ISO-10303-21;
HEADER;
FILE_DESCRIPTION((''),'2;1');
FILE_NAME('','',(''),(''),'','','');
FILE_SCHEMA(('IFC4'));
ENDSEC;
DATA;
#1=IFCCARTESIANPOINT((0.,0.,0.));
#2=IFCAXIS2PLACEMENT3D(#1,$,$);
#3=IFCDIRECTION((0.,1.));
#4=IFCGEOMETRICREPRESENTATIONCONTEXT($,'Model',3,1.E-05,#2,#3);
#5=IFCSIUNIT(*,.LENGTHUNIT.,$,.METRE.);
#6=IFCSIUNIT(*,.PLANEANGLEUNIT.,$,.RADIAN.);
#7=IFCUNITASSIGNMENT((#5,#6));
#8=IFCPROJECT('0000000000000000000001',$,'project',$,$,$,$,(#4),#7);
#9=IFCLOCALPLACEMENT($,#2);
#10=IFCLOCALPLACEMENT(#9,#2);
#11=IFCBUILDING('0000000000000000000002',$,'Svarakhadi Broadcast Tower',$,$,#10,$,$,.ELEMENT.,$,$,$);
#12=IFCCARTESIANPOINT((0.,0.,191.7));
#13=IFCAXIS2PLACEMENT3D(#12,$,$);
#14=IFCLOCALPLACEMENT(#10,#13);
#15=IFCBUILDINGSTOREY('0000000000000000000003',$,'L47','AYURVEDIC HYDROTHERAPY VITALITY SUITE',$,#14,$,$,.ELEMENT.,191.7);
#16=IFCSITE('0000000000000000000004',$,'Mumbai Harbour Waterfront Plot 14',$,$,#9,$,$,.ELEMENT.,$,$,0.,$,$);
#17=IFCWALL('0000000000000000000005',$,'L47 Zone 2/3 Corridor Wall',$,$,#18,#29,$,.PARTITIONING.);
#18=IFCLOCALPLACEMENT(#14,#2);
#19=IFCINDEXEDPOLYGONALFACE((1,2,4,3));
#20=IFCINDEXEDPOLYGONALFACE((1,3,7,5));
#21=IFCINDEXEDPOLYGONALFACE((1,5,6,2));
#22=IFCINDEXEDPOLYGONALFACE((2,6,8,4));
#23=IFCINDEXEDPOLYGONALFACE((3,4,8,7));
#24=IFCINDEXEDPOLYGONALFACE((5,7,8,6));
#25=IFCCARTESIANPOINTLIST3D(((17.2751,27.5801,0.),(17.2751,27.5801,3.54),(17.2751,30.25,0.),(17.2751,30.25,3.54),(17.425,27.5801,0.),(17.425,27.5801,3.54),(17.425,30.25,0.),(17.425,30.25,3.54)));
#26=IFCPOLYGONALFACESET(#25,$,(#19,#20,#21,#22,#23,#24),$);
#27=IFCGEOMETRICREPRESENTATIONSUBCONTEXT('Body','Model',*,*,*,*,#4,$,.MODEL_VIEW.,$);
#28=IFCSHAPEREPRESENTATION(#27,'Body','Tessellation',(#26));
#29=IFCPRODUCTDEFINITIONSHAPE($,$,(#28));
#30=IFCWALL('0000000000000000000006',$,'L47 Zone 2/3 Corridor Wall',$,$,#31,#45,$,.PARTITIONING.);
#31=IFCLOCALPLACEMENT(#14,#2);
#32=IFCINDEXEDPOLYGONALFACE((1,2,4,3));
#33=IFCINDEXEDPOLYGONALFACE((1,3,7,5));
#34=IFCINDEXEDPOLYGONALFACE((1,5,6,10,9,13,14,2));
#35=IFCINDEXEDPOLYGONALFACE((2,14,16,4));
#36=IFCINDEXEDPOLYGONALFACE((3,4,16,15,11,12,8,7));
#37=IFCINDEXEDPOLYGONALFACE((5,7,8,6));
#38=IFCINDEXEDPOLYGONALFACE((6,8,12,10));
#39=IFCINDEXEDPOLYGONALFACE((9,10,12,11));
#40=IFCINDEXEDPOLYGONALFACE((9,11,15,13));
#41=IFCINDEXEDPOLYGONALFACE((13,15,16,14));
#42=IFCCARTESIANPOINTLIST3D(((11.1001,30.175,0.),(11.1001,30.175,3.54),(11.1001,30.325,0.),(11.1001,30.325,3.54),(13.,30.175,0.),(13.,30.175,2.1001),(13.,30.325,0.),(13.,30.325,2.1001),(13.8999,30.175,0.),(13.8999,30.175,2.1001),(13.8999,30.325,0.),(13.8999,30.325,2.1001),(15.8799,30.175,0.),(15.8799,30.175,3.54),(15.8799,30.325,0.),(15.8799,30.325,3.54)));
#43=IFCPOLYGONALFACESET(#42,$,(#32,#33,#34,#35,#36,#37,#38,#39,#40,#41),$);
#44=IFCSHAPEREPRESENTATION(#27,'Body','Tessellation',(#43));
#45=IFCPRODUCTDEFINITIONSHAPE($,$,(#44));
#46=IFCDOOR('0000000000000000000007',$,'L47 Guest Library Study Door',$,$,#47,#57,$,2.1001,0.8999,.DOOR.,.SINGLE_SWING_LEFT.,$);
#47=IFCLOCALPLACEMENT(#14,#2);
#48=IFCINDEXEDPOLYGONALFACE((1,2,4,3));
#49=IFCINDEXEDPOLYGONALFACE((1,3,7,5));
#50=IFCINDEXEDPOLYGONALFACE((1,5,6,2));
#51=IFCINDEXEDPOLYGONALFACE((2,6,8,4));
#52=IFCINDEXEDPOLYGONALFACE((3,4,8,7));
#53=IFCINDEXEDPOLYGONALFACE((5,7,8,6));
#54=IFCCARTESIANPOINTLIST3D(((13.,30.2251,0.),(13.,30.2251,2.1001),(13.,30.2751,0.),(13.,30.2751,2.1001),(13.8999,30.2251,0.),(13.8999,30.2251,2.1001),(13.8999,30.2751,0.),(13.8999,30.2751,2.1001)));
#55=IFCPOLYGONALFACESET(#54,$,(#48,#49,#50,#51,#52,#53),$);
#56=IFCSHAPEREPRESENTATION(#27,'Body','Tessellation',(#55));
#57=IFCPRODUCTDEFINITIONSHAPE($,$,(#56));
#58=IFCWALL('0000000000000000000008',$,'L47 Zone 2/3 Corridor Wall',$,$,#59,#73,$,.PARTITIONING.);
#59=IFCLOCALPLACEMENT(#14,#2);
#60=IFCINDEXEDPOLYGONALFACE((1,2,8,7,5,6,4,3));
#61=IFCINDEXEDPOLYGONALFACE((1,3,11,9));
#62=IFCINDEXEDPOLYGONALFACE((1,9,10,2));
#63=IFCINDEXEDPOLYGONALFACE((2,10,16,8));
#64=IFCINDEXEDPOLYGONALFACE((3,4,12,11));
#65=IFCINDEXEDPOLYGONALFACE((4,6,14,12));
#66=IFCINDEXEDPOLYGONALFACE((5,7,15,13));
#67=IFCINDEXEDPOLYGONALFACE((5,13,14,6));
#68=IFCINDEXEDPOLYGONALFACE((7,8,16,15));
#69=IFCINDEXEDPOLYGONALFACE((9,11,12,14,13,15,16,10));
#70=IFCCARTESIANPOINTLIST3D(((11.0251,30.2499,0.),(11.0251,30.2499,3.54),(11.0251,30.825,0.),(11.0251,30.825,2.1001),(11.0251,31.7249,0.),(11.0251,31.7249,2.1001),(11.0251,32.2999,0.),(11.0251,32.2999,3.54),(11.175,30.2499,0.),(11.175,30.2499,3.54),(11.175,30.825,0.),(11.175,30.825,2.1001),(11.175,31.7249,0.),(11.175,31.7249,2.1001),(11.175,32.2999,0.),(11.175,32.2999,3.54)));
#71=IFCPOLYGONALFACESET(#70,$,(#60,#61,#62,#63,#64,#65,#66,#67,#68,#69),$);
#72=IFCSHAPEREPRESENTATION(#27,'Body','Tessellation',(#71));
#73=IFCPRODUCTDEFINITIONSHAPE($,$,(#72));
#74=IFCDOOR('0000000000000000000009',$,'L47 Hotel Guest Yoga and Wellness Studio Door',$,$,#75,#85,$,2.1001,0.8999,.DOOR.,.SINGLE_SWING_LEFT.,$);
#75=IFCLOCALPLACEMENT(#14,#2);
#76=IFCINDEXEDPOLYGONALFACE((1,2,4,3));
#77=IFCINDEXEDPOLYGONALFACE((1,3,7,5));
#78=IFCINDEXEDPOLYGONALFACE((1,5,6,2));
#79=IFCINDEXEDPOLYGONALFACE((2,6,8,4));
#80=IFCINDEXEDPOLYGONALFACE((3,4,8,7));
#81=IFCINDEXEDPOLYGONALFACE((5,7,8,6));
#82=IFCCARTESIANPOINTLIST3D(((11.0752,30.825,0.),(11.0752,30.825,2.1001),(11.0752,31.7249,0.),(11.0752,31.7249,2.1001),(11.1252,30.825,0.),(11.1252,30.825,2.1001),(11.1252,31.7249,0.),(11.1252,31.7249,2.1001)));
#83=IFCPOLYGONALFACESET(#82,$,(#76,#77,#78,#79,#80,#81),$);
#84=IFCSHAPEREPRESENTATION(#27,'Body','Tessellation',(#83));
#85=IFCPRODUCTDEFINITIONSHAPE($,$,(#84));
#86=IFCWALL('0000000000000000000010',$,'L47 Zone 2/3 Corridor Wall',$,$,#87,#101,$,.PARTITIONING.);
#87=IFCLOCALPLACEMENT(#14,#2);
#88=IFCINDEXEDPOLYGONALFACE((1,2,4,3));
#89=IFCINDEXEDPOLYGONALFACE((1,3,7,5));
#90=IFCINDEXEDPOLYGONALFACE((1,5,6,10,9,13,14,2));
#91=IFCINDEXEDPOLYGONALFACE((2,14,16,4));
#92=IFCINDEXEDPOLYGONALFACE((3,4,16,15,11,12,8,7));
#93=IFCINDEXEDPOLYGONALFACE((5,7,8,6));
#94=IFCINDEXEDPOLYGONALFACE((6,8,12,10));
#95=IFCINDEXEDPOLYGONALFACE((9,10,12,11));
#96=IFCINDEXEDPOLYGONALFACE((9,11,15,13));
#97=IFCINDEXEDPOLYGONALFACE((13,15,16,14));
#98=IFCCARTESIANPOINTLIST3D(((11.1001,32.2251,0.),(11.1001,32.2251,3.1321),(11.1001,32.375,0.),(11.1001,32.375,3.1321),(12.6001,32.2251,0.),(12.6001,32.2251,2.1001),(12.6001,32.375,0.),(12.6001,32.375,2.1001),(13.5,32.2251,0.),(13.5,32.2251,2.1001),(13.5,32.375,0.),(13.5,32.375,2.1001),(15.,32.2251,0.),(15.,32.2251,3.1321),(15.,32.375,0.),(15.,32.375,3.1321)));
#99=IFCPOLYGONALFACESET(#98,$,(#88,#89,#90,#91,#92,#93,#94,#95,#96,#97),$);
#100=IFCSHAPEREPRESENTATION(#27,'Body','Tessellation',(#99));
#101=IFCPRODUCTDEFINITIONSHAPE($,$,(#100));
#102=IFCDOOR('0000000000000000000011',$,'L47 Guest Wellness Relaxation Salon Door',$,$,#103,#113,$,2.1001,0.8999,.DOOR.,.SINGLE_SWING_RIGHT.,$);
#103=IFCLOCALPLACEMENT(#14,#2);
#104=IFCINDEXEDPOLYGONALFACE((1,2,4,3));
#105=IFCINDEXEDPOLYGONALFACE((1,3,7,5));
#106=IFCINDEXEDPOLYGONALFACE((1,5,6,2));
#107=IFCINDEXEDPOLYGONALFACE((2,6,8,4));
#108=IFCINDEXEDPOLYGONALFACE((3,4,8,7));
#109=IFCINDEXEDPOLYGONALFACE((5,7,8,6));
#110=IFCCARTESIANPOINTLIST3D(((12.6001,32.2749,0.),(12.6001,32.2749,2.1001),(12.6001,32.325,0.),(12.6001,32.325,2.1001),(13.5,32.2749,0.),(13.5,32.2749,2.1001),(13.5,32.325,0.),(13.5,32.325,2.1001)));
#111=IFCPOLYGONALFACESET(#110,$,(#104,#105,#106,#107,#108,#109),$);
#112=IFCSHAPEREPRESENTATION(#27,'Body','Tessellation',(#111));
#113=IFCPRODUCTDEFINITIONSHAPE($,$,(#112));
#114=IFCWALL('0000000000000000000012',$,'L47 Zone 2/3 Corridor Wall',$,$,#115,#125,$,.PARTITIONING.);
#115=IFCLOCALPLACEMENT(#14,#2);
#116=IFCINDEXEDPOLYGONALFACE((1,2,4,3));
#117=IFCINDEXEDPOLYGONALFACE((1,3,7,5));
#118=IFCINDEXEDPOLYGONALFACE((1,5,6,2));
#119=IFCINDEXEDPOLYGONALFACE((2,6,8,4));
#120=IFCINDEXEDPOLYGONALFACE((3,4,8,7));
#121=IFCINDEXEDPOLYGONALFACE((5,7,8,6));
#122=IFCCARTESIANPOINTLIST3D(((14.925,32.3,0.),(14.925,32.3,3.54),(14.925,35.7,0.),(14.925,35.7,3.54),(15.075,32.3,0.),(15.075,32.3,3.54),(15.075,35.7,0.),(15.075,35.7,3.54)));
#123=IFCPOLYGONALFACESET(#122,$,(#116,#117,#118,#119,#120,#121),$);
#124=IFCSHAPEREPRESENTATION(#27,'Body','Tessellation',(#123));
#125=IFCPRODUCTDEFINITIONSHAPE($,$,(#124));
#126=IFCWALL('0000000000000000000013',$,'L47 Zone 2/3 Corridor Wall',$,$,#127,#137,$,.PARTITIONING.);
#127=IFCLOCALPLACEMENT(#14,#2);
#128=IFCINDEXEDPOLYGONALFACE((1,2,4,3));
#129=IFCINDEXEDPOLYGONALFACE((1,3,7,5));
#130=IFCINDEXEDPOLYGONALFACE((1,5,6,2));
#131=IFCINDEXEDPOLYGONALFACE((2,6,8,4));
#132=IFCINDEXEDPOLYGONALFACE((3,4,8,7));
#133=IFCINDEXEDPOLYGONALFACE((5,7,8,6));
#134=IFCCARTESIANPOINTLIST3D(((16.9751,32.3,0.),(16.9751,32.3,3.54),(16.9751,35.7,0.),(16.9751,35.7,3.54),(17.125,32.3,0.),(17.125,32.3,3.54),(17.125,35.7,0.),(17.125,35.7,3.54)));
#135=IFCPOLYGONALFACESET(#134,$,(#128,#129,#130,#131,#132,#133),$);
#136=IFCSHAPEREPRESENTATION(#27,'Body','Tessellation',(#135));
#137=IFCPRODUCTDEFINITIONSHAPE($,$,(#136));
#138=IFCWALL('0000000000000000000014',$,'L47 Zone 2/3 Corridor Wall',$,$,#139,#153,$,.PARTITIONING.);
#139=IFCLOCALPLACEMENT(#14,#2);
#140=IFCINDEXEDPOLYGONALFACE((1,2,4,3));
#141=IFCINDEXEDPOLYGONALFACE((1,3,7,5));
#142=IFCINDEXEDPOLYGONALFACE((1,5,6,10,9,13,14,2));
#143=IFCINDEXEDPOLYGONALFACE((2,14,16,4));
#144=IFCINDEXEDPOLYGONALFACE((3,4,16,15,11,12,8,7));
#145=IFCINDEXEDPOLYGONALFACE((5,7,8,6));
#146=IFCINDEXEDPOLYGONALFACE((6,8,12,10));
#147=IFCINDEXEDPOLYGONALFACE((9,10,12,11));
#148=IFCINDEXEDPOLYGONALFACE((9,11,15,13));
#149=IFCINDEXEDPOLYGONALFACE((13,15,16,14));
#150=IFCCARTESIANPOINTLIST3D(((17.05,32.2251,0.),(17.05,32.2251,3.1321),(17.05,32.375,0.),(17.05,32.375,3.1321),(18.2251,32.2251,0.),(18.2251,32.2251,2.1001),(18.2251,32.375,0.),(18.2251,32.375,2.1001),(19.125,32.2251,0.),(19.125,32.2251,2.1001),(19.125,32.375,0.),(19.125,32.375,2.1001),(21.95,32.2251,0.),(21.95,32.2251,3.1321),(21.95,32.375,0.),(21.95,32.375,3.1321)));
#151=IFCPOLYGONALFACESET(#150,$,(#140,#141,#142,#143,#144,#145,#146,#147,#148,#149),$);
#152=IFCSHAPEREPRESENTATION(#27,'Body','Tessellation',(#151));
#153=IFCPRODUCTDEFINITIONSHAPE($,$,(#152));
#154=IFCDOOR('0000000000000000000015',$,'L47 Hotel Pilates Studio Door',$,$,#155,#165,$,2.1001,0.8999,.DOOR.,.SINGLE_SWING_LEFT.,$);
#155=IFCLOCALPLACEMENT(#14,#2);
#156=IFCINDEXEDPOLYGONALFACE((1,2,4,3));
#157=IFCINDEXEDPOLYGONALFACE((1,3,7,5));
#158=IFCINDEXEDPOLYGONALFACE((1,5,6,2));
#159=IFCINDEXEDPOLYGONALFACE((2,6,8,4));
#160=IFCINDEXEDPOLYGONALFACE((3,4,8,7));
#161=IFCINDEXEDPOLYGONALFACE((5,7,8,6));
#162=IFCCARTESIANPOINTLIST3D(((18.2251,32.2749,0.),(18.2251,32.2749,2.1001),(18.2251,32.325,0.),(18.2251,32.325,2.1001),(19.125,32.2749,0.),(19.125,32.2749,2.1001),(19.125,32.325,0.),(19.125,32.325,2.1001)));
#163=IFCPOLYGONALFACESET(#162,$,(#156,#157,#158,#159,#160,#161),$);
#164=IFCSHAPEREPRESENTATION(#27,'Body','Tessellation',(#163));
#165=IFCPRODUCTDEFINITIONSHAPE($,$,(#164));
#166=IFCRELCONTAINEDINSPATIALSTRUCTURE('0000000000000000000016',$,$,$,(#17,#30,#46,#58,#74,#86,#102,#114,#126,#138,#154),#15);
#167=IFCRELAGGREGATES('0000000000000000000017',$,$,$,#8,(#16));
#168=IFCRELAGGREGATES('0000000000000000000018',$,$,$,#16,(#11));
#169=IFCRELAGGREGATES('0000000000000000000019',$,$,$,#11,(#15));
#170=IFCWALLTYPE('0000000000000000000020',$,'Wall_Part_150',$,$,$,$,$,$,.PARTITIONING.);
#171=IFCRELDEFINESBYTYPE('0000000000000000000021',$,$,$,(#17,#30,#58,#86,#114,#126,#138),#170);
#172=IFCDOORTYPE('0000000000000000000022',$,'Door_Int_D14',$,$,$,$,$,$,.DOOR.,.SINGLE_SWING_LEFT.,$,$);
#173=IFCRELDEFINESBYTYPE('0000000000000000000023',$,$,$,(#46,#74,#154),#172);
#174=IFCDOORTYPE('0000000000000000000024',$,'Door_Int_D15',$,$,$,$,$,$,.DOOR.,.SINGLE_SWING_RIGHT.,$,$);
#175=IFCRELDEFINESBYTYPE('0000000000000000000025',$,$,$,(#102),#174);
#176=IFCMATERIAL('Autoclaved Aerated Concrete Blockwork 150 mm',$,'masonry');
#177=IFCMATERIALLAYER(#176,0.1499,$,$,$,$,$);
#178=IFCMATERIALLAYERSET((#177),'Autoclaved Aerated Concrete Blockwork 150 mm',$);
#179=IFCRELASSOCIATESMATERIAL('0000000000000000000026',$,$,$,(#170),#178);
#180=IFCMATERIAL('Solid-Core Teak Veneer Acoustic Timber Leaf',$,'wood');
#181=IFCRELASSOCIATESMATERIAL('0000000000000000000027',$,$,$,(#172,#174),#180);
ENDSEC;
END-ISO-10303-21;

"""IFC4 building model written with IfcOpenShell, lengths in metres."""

from ifc_helpers import new_model, si_unit, direction, frame, frame_2d, origin, place, context, subcontext, project, spatial, rectangle, extrude, material, layer, layer_set, type_object, element, fill, save


model = new_model("IFC4")

# Units and contexts
model_context = context("Model", 3, precision=1e-05, world=origin(), true_north=direction((0.0, 1.0)))
body_context = subcontext(model_context, "Body", "Model", "MODEL_VIEW")
ifc_project = project(units=[si_unit("LENGTHUNIT", "METRE"), si_unit("PLANEANGLEUNIT", "RADIAN")], contexts=[model_context])

# Site, building, storey
site_placement = place(None, origin())
site = spatial("IfcSite", under=ifc_project, at=site_placement, Name="Mumbai Harbour Waterfront Plot 14", CompositionType="ELEMENT", RefElevation=0.0)
building_placement = place(site_placement, origin())
building = spatial("IfcBuilding", under=site, at=building_placement, Name="Svarakhadi Broadcast Tower", CompositionType="ELEMENT")
storey_placement = place(building_placement, frame((0.0, 0.0, 191.7)))
storey = spatial("IfcBuildingStorey", under=building, at=storey_placement, Name="L47", Description="AYURVEDIC HYDROTHERAPY VITALITY SUITE", CompositionType="ELEMENT", Elevation=191.7)

# Wall
ifc_material_1 = material(Name="Autoclaved Aerated Concrete Blockwork 150 mm", Category="masonry")
ifc_layer_1 = layer(ifc_material_1, 0.1499)
ifc_layer_set_1 = layer_set([ifc_layer_1], Name="Autoclaved Aerated Concrete Blockwork 150 mm")
wall_type_1 = type_object("IfcWallType", Name="Wall_Part_150", PredefinedType="PARTITIONING", material=ifc_layer_set_1)
wall_1_placement = place(storey_placement, frame((17.3501, 30.25, 0.0), z_axis=(0.0, 0.0, 1.0), x_axis=(0.0, -1.0, 0.0)))
element("IfcWall", 1, at=wall_1_placement, inside=storey, type_object=wall_type_1, Name="L47 Zone 2/3 Corridor Wall", PredefinedType="PARTITIONING", context=body_context, shape_type="SweptSolid", body=[
    extrude(rectangle(XDim=2.6699, YDim=0.1499, at=frame_2d((1.335, 0.0))), origin(), (0.0, 0.0, 1.0), 3.54),
])

# Walls, openings, doors
wall_2_placement = place(storey_placement, frame((15.8799, 30.25, 0.0), z_axis=(0.0, 0.0, 1.0), x_axis=(-1.0, 0.0, 0.0)))
wall_2 = element("IfcWall", 2, at=wall_2_placement, inside=storey, type_object=wall_type_1, Name="L47 Zone 2/3 Corridor Wall", PredefinedType="PARTITIONING", context=body_context, shape_type="SweptSolid", body=[
    extrude(rectangle(XDim=4.7798, YDim=0.1499, at=frame_2d((2.3899, 0.0))), origin(), (0.0, 0.0, 1.0), 3.54),
])
opening_1_placement = place(wall_2_placement, frame((1.98, 0.0, 0.0)))
opening_1 = element("IfcOpeningElement", 3, at=opening_1_placement, cuts=wall_2, PredefinedType="OPENING", context=body_context, shape_type="SweptSolid", body=[
    extrude(rectangle(XDim=0.8999, YDim=2.1001, at=frame_2d((0.45, 1.05))), frame((0.0, 0.085, 0.0), z_axis=(0.0, -1.0, 0.0), x_axis=(1.0, 0.0, 0.0)), (0.0, 0.0, 1.0), 0.1699),
])
ifc_material_2 = material(Name="Solid-Core Teak Veneer Acoustic Timber Leaf", Category="wood")
door_type_1 = type_object("IfcDoorType", Name="Door_Int_D14", OperationType="SINGLE_SWING_LEFT", PredefinedType="DOOR", material=ifc_material_2)
door_1_placement = place(opening_1_placement, origin())
door_1 = element("IfcDoor", 4, at=door_1_placement, inside=storey, type_object=door_type_1, Name="L47 Guest Library Study Door", OperationType="SINGLE_SWING_LEFT", OverallHeight=2.1001, OverallWidth=0.8999, PredefinedType="DOOR", context=body_context, shape_type="SweptSolid", body=[
    extrude(rectangle(XDim=0.8999, YDim=2.1001, at=frame_2d((0.45, 1.05))), frame((0.0, 0.0249, 0.0), z_axis=(0.0, -1.0, 0.0), x_axis=(1.0, 0.0, 0.0)), (0.0, 0.0, 1.0), 0.05),
])
fill(opening_1, door_1)
wall_3_placement = place(storey_placement, frame((11.1001, 30.25, 0.0), z_axis=(0.0, 0.0, 1.0), x_axis=(0.0, 1.0, 0.0)))
wall_3 = element("IfcWall", 5, at=wall_3_placement, inside=storey, type_object=wall_type_1, Name="L47 Zone 2/3 Corridor Wall", PredefinedType="PARTITIONING", context=body_context, shape_type="SweptSolid", body=[
    extrude(rectangle(XDim=2.05, YDim=0.1499, at=frame_2d((1.0249, 0.0))), origin(), (0.0, 0.0, 1.0), 3.54),
])
opening_2_placement = place(wall_3_placement, frame((0.575, 0.0, 0.0)))
opening_2 = element("IfcOpeningElement", 6, at=opening_2_placement, cuts=wall_3, PredefinedType="OPENING", context=body_context, shape_type="SweptSolid", body=[
    extrude(rectangle(XDim=0.8999, YDim=2.1001, at=frame_2d((0.45, 1.05))), frame((0.0, 0.085, 0.0), z_axis=(0.0, -1.0, 0.0), x_axis=(1.0, 0.0, 0.0)), (0.0, 0.0, 1.0), 0.1699),
])
door_2_placement = place(opening_2_placement, origin())
door_2 = element("IfcDoor", 7, at=door_2_placement, inside=storey, type_object=door_type_1, Name="L47 Hotel Guest Yoga and Wellness Studio Door", OperationType="SINGLE_SWING_LEFT", OverallHeight=2.1001, OverallWidth=0.8999, PredefinedType="DOOR", context=body_context, shape_type="SweptSolid", body=[
    extrude(rectangle(XDim=0.8999, YDim=2.1001, at=frame_2d((0.45, 1.05))), frame((0.0, 0.0249, 0.0), z_axis=(0.0, -1.0, 0.0), x_axis=(1.0, 0.0, 0.0)), (0.0, 0.0, 1.0), 0.05),
])
fill(opening_2, door_2)
wall_4_placement = place(storey_placement, frame((11.1001, 32.3, 0.0), z_axis=(0.0, 0.0, 1.0), x_axis=(1.0, 0.0, 0.0)))
wall_4 = element("IfcWall", 8, at=wall_4_placement, inside=storey, type_object=wall_type_1, Name="L47 Zone 2/3 Corridor Wall", PredefinedType="PARTITIONING", context=body_context, shape_type="SweptSolid", body=[
    extrude(rectangle(XDim=3.8999, YDim=0.1499, at=frame_2d((1.95, 0.0))), origin(), (0.0, 0.0, 1.0), 3.1321),
])
opening_3_placement = place(wall_4_placement, frame((1.5, 0.0, 0.0)))
opening_3 = element("IfcOpeningElement", 9, at=opening_3_placement, cuts=wall_4, PredefinedType="OPENING", context=body_context, shape_type="SweptSolid", body=[
    extrude(rectangle(XDim=0.8999, YDim=2.1001, at=frame_2d((0.45, 1.05))), frame((0.0, 0.085, 0.0), z_axis=(0.0, -1.0, 0.0), x_axis=(1.0, 0.0, 0.0)), (0.0, 0.0, 1.0), 0.1699),
])
door_type_2 = type_object("IfcDoorType", Name="Door_Int_D15", OperationType="SINGLE_SWING_RIGHT", PredefinedType="DOOR", material=ifc_material_2)
door_3_placement = place(opening_3_placement, origin())
door_3 = element("IfcDoor", 10, at=door_3_placement, inside=storey, type_object=door_type_2, Name="L47 Guest Wellness Relaxation Salon Door", OperationType="SINGLE_SWING_RIGHT", OverallHeight=2.1001, OverallWidth=0.8999, PredefinedType="DOOR", context=body_context, shape_type="SweptSolid", body=[
    extrude(rectangle(XDim=0.8999, YDim=2.1001, at=frame_2d((0.45, 1.05))), frame((0.0, 0.0249, 0.0), z_axis=(0.0, -1.0, 0.0), x_axis=(1.0, 0.0, 0.0)), (0.0, 0.0, 1.0), 0.05),
])
fill(opening_3, door_3)

# Walls
for number, where, z_axis, x_axis, name in (
    (11, (15.0, 32.3, 0.0), (0.0, 0.0, 1.0), (0.0, 1.0, 0.0), "L47 Zone 2/3 Corridor Wall"),
    (12, (17.05, 35.7, 0.0), (0.0, 0.0, 1.0), (0.0, -1.0, 0.0), "L47 Zone 2/3 Corridor Wall"),
):
    element("IfcWall", number, at=place(storey_placement, frame(where, z_axis=z_axis, x_axis=x_axis)), inside=storey, type_object=wall_type_1, Name=name, PredefinedType="PARTITIONING", context=body_context, shape_type="SweptSolid", body=[
        extrude(rectangle(XDim=3.3999, YDim=0.1499, at=frame_2d((1.7, 0.0))), origin(), (0.0, 0.0, 1.0), 3.54),
    ])

# Wall, opening, door
wall_5_placement = place(storey_placement, frame((17.05, 32.3, 0.0), z_axis=(0.0, 0.0, 1.0), x_axis=(1.0, 0.0, 0.0)))
wall_5 = element("IfcWall", 13, at=wall_5_placement, inside=storey, type_object=wall_type_1, Name="L47 Zone 2/3 Corridor Wall", PredefinedType="PARTITIONING", context=body_context, shape_type="SweptSolid", body=[
    extrude(rectangle(XDim=4.8999, YDim=0.1499, at=frame_2d((2.45, 0.0))), origin(), (0.0, 0.0, 1.0), 3.1321),
])
opening_4_placement = place(wall_5_placement, frame((1.175, 0.0, 0.0)))
opening_4 = element("IfcOpeningElement", 14, at=opening_4_placement, cuts=wall_5, PredefinedType="OPENING", context=body_context, shape_type="SweptSolid", body=[
    extrude(rectangle(XDim=0.8999, YDim=2.1001, at=frame_2d((0.45, 1.05))), frame((0.0, 0.085, 0.0), z_axis=(0.0, -1.0, 0.0), x_axis=(1.0, 0.0, 0.0)), (0.0, 0.0, 1.0), 0.1699),
])
door_4_placement = place(opening_4_placement, origin())
door_4 = element("IfcDoor", 15, at=door_4_placement, inside=storey, type_object=door_type_1, Name="L47 Hotel Pilates Studio Door", OperationType="SINGLE_SWING_LEFT", OverallHeight=2.1001, OverallWidth=0.8999, PredefinedType="DOOR", context=body_context, shape_type="SweptSolid", body=[
    extrude(rectangle(XDim=0.8999, YDim=2.1001, at=frame_2d((0.45, 1.05))), frame((0.0, 0.0249, 0.0), z_axis=(0.0, -1.0, 0.0), x_axis=(1.0, 0.0, 0.0)), (0.0, 0.0, 1.0), 0.05),
])
fill(opening_4, door_4)

save(model, "model.ifc")
